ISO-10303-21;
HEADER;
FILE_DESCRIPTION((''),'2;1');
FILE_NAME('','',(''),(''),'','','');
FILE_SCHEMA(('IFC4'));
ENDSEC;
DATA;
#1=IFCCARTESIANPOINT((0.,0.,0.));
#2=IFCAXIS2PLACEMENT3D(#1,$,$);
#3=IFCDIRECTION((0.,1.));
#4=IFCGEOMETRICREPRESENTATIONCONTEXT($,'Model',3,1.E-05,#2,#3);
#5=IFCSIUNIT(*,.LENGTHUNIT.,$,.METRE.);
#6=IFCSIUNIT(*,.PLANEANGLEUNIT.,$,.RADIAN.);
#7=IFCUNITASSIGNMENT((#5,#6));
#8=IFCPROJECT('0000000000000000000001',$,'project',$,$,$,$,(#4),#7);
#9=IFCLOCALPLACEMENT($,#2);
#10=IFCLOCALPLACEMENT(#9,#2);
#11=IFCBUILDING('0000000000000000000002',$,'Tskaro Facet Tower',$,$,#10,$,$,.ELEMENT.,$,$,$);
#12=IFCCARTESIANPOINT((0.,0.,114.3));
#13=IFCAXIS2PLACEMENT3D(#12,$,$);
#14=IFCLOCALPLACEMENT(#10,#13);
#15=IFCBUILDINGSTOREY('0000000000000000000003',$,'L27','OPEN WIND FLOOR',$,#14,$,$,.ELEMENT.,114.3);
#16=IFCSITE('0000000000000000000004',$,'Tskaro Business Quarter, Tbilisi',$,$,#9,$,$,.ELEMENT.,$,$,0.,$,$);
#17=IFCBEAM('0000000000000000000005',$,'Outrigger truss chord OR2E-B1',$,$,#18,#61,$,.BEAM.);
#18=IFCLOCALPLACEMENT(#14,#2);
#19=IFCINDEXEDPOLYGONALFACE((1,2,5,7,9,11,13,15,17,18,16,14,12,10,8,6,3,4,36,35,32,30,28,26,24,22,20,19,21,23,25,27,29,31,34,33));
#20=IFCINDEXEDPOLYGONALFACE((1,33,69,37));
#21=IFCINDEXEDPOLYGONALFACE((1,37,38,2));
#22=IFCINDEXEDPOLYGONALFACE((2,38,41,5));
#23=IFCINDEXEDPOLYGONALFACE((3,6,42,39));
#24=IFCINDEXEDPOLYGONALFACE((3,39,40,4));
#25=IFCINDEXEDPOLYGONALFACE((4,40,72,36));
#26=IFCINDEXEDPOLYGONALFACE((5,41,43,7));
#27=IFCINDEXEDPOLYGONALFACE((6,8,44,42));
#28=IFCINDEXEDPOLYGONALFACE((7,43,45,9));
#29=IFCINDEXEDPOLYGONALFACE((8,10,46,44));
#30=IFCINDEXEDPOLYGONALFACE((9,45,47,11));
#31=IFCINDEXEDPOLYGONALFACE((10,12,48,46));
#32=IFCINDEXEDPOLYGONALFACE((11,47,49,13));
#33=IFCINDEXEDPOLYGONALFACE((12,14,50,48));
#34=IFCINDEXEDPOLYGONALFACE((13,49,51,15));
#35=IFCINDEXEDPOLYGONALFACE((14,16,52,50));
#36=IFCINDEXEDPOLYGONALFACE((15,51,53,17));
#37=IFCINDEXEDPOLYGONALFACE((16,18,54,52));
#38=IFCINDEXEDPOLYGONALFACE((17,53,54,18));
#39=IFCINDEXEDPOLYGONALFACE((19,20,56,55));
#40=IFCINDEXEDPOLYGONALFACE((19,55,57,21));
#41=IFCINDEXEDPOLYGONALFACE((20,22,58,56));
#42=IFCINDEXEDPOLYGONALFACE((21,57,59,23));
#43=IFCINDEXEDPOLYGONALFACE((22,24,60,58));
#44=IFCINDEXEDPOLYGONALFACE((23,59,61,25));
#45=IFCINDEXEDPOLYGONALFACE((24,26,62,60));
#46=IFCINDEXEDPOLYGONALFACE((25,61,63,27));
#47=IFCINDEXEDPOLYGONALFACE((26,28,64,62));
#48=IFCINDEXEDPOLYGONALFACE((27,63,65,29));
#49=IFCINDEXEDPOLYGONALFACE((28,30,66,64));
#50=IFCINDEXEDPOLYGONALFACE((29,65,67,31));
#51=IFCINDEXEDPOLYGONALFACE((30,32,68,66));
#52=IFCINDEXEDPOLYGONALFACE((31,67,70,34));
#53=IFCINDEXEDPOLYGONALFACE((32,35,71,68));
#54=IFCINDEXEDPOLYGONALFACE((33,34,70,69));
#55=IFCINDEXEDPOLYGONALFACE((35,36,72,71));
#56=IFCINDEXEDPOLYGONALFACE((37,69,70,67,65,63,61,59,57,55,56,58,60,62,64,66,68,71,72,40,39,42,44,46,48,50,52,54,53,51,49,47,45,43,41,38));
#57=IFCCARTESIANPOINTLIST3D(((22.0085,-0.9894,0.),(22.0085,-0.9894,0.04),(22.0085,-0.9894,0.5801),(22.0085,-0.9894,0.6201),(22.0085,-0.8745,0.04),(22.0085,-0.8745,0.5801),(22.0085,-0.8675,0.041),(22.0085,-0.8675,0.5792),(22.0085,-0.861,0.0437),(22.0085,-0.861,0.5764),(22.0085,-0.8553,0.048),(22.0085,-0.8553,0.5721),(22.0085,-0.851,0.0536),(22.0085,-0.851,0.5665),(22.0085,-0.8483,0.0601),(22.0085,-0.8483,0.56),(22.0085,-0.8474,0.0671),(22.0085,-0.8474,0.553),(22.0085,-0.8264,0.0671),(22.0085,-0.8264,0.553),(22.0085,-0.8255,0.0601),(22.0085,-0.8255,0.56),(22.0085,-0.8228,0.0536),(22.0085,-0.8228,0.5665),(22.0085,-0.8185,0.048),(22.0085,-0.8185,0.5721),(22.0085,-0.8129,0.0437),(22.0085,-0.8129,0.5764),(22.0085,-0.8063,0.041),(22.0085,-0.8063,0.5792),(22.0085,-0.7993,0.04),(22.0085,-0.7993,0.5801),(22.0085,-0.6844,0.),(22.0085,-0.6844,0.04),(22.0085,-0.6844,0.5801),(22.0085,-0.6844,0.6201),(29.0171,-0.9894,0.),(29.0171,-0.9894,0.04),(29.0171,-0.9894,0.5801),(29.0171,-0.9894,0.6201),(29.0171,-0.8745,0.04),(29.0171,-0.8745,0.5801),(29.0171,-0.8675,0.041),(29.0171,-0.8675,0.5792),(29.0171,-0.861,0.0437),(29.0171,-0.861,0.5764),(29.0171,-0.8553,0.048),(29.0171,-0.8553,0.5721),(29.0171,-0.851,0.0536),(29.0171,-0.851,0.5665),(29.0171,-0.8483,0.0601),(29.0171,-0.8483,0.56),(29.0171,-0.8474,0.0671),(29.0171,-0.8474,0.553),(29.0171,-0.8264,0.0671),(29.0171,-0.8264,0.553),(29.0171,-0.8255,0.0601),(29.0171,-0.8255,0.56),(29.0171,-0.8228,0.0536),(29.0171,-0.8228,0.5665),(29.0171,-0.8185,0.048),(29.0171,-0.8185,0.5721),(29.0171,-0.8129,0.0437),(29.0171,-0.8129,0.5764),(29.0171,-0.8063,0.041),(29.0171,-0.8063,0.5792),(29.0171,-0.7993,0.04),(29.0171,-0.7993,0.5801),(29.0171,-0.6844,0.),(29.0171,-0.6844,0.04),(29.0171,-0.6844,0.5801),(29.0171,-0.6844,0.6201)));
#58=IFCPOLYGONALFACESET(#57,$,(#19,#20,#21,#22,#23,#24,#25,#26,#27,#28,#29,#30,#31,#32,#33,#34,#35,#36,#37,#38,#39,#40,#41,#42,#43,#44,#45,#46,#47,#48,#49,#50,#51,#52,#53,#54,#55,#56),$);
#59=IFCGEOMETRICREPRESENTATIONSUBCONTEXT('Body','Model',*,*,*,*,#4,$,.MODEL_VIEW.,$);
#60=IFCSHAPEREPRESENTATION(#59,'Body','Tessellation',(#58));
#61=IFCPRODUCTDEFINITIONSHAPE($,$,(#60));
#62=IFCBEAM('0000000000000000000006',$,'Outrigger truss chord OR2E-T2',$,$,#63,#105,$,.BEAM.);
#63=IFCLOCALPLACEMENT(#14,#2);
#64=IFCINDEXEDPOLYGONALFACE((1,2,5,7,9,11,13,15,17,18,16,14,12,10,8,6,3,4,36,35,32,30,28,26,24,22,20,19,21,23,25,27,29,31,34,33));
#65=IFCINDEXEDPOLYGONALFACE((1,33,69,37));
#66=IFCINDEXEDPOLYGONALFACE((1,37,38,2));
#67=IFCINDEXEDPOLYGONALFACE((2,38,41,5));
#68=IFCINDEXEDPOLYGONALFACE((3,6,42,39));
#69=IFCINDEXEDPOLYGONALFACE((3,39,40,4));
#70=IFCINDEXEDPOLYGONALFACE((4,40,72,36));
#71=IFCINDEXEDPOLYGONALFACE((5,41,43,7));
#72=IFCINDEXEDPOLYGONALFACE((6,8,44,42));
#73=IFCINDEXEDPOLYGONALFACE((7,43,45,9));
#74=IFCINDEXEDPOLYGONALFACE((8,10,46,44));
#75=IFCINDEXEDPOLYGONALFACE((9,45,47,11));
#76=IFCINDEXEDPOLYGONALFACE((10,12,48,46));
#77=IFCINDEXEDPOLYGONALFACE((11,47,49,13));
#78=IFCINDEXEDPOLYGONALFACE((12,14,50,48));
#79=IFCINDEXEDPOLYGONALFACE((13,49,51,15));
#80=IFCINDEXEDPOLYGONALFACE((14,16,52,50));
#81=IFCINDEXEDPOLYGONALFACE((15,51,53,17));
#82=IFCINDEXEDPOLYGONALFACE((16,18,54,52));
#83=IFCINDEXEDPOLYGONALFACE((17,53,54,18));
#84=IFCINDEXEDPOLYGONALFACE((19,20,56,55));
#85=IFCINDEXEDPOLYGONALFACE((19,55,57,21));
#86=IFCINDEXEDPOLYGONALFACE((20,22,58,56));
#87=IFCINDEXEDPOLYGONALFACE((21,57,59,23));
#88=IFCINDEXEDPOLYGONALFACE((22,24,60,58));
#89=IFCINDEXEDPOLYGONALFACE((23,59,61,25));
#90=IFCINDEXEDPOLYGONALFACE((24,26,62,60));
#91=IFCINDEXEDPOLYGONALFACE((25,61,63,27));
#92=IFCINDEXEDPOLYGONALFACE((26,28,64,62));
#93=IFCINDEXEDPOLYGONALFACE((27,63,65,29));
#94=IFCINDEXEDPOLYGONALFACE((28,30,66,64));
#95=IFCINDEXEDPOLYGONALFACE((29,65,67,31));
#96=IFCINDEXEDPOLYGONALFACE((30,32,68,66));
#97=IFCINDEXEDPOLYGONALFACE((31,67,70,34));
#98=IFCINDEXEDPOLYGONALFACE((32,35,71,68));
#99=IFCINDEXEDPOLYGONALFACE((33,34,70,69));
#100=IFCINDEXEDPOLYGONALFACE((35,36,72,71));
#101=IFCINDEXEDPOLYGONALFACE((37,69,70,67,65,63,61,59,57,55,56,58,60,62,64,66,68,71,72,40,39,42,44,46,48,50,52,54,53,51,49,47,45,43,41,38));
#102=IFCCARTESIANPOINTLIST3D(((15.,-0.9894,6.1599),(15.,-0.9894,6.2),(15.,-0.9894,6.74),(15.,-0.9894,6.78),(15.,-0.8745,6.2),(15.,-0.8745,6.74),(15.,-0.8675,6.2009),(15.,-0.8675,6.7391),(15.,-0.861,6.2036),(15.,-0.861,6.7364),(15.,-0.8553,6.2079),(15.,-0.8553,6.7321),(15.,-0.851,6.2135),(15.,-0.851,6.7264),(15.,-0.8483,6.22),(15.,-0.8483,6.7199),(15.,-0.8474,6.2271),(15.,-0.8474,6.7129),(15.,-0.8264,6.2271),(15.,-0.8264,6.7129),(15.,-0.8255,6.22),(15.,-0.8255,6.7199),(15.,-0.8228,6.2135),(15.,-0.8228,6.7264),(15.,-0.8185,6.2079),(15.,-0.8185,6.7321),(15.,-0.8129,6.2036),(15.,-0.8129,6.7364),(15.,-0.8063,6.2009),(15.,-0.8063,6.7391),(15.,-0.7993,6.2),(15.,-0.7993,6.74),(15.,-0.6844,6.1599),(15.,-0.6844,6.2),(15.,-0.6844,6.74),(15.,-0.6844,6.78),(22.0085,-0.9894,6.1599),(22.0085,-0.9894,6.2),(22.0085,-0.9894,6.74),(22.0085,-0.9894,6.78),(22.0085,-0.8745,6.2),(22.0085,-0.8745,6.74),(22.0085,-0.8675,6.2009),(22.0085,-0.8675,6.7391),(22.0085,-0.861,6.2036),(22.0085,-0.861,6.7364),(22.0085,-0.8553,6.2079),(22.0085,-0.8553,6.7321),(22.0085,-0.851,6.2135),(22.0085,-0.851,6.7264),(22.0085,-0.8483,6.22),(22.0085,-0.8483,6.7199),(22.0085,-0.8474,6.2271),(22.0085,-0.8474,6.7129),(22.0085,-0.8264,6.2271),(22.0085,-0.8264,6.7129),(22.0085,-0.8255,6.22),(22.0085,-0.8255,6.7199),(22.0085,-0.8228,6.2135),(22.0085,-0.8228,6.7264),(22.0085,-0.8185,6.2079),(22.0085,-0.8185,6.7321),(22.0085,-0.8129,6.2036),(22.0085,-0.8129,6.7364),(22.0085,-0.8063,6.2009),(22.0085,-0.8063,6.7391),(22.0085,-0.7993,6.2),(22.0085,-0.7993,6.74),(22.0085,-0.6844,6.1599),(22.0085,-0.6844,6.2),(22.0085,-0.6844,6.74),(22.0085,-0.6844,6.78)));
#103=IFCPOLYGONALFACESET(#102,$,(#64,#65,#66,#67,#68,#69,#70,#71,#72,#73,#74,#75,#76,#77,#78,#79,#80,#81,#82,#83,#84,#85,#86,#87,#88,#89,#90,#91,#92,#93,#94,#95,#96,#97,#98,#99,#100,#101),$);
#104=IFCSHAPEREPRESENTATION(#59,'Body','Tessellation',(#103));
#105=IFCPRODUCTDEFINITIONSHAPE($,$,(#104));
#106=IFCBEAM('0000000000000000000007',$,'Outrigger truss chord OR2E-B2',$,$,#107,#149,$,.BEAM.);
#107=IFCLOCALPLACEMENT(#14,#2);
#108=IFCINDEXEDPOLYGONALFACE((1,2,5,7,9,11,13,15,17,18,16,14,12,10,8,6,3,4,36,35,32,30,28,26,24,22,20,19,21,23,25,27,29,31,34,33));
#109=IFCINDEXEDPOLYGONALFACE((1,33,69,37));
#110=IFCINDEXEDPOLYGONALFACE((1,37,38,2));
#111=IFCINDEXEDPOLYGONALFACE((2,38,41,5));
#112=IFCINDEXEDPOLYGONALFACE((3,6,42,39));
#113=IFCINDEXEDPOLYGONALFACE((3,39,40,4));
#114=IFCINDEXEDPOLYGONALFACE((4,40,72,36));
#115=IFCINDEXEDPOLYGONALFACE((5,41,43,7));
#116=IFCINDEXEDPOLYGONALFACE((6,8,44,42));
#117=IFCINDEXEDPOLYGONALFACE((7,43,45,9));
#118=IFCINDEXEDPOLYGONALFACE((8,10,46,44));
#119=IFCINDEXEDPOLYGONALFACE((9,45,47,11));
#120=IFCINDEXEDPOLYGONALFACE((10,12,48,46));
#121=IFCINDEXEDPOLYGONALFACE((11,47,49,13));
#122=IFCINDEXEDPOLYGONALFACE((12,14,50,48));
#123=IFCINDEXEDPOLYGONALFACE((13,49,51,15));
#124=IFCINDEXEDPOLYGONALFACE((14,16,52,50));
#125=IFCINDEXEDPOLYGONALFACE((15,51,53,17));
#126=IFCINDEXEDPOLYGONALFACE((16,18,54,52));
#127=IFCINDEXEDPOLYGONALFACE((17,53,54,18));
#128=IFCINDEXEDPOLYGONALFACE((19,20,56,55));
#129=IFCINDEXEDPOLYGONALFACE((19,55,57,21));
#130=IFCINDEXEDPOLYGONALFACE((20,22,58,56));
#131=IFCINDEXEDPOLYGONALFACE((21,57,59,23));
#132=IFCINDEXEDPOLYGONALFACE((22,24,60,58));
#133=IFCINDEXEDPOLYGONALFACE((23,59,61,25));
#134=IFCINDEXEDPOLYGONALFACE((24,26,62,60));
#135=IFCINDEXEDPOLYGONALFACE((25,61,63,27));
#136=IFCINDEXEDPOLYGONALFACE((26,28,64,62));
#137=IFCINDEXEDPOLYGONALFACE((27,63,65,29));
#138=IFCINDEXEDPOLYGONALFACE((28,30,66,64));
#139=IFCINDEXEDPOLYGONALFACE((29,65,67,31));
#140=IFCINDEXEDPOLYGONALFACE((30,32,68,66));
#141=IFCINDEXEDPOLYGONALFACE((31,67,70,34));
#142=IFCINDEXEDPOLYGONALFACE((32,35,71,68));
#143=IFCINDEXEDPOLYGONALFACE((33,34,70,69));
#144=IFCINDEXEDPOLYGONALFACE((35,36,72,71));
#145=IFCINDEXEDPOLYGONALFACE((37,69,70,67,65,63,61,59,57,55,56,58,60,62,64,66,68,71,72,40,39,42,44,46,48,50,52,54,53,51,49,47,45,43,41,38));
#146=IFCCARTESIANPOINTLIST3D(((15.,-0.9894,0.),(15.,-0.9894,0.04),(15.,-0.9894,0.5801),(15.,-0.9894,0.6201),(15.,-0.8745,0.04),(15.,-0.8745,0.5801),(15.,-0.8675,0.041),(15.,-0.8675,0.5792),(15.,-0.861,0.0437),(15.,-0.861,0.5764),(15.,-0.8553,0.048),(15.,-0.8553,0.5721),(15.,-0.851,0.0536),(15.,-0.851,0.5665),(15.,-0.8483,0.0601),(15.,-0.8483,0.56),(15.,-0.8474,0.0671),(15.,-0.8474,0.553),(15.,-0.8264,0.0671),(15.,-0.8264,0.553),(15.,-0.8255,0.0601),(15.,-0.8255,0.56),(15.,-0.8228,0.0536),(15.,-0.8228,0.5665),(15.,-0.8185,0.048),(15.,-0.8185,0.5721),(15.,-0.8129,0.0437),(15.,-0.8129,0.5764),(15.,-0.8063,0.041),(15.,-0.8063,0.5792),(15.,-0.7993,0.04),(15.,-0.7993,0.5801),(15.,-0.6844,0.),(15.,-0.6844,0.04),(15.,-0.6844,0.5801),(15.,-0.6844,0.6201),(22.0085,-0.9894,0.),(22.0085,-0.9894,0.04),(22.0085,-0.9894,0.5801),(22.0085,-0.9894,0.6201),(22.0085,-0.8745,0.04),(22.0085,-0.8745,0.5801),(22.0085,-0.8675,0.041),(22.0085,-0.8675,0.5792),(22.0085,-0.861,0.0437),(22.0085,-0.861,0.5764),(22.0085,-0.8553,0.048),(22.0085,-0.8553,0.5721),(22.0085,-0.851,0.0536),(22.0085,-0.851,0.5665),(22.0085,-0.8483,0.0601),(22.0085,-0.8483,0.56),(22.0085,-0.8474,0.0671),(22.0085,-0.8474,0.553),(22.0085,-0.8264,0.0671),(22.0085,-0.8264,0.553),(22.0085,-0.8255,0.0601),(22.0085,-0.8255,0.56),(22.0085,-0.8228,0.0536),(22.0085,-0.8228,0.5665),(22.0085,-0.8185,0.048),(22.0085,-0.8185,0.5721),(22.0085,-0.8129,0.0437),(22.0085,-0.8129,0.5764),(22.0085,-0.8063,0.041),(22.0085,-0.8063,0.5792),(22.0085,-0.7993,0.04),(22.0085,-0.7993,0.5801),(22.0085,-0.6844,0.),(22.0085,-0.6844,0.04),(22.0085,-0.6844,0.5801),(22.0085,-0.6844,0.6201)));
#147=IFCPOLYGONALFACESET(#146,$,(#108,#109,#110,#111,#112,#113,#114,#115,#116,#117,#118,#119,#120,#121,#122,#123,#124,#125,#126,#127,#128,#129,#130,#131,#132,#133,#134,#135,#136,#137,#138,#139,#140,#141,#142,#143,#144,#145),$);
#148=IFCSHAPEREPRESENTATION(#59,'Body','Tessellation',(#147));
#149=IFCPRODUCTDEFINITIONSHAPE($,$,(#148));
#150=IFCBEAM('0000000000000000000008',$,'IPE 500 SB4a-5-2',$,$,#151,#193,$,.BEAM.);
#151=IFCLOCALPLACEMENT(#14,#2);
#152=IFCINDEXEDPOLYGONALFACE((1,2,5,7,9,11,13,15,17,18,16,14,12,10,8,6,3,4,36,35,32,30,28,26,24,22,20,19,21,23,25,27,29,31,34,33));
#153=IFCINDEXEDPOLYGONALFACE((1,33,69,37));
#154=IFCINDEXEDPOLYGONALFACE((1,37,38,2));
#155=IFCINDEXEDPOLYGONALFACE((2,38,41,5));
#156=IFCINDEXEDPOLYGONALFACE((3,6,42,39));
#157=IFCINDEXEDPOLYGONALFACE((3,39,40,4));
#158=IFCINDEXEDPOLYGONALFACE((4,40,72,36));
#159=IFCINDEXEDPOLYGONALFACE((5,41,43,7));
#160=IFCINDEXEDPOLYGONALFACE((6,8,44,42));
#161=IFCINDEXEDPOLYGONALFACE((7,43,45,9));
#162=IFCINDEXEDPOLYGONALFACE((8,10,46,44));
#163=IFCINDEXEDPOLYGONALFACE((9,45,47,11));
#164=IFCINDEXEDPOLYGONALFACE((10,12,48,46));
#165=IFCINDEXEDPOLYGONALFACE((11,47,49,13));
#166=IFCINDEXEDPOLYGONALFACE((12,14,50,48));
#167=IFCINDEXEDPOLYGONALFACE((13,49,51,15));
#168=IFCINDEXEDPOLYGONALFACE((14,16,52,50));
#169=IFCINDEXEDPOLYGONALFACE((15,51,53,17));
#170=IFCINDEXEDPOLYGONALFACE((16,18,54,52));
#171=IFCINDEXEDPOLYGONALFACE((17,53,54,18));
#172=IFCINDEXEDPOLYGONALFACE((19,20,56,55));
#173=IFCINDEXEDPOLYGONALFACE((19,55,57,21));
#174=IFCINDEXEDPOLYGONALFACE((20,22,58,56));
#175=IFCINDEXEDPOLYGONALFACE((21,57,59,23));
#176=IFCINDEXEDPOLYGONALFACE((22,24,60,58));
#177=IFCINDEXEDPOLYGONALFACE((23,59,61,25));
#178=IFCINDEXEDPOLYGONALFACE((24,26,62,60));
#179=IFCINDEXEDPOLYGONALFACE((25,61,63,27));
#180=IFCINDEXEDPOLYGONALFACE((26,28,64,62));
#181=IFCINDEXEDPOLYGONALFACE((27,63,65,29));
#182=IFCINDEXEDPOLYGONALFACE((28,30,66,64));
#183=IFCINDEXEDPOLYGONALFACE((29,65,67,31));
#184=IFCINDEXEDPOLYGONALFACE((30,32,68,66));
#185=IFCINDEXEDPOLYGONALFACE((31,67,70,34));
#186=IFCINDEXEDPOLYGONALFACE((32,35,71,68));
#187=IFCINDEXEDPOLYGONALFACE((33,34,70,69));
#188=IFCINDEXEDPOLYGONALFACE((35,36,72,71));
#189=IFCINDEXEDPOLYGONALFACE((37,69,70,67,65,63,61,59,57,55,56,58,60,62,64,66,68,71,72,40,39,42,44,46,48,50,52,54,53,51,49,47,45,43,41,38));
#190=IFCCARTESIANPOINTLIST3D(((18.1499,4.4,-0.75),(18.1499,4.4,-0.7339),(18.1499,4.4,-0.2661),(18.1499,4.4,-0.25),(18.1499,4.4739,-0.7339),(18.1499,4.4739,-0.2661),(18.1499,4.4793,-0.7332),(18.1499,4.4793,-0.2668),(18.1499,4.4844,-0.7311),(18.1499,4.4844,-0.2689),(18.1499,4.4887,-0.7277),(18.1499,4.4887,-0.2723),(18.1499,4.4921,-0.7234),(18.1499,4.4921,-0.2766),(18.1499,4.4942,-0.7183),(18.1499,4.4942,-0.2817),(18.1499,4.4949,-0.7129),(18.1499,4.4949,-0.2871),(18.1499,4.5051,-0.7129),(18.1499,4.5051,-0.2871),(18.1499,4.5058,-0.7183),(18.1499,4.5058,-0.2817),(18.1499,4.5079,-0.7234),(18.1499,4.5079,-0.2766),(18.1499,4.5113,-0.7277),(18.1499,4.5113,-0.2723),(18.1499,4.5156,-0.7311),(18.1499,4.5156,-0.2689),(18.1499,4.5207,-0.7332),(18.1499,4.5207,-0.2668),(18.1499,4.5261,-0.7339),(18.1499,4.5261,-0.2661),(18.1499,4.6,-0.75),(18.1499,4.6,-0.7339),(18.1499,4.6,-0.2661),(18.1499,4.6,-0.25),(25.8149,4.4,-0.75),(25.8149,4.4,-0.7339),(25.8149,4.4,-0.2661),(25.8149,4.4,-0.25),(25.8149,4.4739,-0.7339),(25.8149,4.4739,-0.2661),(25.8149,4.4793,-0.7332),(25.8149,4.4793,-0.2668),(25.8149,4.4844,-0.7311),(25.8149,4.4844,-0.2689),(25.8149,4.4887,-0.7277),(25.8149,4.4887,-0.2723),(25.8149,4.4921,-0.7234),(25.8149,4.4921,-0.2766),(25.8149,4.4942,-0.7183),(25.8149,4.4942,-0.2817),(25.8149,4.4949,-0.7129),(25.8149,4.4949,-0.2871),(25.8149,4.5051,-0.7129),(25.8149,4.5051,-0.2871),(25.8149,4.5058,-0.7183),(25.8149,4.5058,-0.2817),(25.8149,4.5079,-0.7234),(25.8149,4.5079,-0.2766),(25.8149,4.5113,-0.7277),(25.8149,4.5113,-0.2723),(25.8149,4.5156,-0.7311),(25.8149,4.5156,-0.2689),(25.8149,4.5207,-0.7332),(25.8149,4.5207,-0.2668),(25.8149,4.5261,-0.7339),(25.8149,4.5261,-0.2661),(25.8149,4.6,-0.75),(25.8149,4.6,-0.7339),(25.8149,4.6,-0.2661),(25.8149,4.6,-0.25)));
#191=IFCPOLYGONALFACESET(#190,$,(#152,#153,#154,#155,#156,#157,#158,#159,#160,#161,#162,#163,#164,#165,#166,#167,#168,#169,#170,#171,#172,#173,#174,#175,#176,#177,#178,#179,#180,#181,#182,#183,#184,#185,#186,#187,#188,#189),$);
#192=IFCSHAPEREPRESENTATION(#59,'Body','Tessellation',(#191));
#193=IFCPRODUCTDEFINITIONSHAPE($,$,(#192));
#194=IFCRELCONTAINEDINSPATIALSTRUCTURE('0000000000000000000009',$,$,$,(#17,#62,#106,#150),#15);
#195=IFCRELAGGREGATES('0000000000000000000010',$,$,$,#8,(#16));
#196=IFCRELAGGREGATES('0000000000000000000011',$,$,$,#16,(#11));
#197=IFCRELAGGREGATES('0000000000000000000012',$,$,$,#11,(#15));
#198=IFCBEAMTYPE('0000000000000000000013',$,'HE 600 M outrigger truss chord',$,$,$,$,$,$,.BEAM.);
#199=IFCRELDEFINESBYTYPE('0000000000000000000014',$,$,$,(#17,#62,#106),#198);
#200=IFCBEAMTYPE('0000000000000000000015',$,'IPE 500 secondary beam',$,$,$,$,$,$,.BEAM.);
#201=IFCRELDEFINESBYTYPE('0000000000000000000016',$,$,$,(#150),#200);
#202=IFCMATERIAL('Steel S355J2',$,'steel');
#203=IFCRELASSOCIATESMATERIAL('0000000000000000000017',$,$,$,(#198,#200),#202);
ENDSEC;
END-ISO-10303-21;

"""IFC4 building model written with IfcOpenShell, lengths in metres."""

from ifc_helpers import new_model, si_unit, direction, frame, origin, origin_2d, place, context, subcontext, project, spatial, i_section, extrude, material, material_profile, profile_set, type_object, element, save


model = new_model("IFC4")

# Units and contexts
model_context = context("Model", 3, precision=1e-05, world=origin(), true_north=direction((0.0, 1.0)))
body_context = subcontext(model_context, "Body", "Model", "MODEL_VIEW")
ifc_project = project(units=[si_unit("LENGTHUNIT", "METRE"), si_unit("PLANEANGLEUNIT", "RADIAN")], contexts=[model_context])

# Site, building, storey
site_placement = place(None, origin())
site = spatial("IfcSite", under=ifc_project, at=site_placement, Name="Tskaro Business Quarter, Tbilisi", CompositionType="ELEMENT", RefElevation=0.0)
building_placement = place(site_placement, origin())
building = spatial("IfcBuilding", under=site, at=building_placement, Name="Tskaro Facet Tower", CompositionType="ELEMENT")
storey_placement = place(building_placement, frame((0.0, 0.0, 114.3)))
storey = spatial("IfcBuildingStorey", under=building, at=storey_placement, Name="L27", Description="OPEN WIND FLOOR", CompositionType="ELEMENT", Elevation=114.3)

# Shared definitions
ifc_material_1 = material(Name="Steel S355J2", Category="steel")

# Beams
ifc_material_profile_1 = material_profile(ifc_material_1, i_section(OverallWidth=0.3049, OverallDepth=0.6201, WebThickness=0.021, FlangeThickness=0.04, FilletRadius=0.0271, at=origin_2d()), Name="HE 600 M")
ifc_profile_set_1 = profile_set([ifc_material_profile_1], Name="Steel S355J2")
beam_type_1 = type_object("IfcBeamType", Name="HE 600 M outrigger truss chord", PredefinedType="BEAM", material=ifc_profile_set_1)
for number, where, z_axis, x_axis, name in (
    (1, (29.0171, -0.8369, 0.3101), (-1.0, 0.0, 0.0), (0.0, -1.0, 0.0), "Outrigger truss chord OR2E-B1"),
    (2, (22.0085, -0.8369, 6.47), (-1.0, 0.0, 0.0), (0.0, -1.0, 0.0), "Outrigger truss chord OR2E-T2"),
    (3, (22.0085, -0.8369, 0.3101), (-1.0, 0.0, 0.0), (0.0, -1.0, 0.0), "Outrigger truss chord OR2E-B2"),
):
    element("IfcBeam", number, at=place(storey_placement, frame(where, z_axis=z_axis, x_axis=x_axis)), inside=storey, type_object=beam_type_1, Name=name, PredefinedType="BEAM", context=body_context, shape_type="SweptSolid", body=[
        extrude(i_section(OverallWidth=0.3049, OverallDepth=0.6201, WebThickness=0.021, FlangeThickness=0.04, FilletRadius=0.0271, at=origin_2d()), origin(), (0.0, 0.0, 1.0), 7.0085),
    ])
ifc_material_profile_2 = material_profile(ifc_material_1, i_section(OverallWidth=0.2, OverallDepth=0.5, WebThickness=0.0103, FlangeThickness=0.0161, FilletRadius=0.021, at=origin_2d()), Name="IPE 500")
ifc_profile_set_2 = profile_set([ifc_material_profile_2], Name="Steel S355J2")
beam_type_2 = type_object("IfcBeamType", Name="IPE 500 secondary beam", PredefinedType="BEAM", material=ifc_profile_set_2)
beam_1_placement = place(storey_placement, frame((18.1499, 4.5, -0.5), z_axis=(1.0, 0.0, 0.0), x_axis=(0.0, 1.0, 0.0)))
element("IfcBeam", 4, at=beam_1_placement, inside=storey, type_object=beam_type_2, Name="IPE 500 SB4a-5-2", PredefinedType="BEAM", context=body_context, shape_type="SweptSolid", body=[
    extrude(i_section(OverallWidth=0.2, OverallDepth=0.5, WebThickness=0.0103, FlangeThickness=0.0161, FilletRadius=0.021, at=origin_2d()), origin(), (0.0, 0.0, 1.0), 7.665),
])

save(model, "model.ifc")
